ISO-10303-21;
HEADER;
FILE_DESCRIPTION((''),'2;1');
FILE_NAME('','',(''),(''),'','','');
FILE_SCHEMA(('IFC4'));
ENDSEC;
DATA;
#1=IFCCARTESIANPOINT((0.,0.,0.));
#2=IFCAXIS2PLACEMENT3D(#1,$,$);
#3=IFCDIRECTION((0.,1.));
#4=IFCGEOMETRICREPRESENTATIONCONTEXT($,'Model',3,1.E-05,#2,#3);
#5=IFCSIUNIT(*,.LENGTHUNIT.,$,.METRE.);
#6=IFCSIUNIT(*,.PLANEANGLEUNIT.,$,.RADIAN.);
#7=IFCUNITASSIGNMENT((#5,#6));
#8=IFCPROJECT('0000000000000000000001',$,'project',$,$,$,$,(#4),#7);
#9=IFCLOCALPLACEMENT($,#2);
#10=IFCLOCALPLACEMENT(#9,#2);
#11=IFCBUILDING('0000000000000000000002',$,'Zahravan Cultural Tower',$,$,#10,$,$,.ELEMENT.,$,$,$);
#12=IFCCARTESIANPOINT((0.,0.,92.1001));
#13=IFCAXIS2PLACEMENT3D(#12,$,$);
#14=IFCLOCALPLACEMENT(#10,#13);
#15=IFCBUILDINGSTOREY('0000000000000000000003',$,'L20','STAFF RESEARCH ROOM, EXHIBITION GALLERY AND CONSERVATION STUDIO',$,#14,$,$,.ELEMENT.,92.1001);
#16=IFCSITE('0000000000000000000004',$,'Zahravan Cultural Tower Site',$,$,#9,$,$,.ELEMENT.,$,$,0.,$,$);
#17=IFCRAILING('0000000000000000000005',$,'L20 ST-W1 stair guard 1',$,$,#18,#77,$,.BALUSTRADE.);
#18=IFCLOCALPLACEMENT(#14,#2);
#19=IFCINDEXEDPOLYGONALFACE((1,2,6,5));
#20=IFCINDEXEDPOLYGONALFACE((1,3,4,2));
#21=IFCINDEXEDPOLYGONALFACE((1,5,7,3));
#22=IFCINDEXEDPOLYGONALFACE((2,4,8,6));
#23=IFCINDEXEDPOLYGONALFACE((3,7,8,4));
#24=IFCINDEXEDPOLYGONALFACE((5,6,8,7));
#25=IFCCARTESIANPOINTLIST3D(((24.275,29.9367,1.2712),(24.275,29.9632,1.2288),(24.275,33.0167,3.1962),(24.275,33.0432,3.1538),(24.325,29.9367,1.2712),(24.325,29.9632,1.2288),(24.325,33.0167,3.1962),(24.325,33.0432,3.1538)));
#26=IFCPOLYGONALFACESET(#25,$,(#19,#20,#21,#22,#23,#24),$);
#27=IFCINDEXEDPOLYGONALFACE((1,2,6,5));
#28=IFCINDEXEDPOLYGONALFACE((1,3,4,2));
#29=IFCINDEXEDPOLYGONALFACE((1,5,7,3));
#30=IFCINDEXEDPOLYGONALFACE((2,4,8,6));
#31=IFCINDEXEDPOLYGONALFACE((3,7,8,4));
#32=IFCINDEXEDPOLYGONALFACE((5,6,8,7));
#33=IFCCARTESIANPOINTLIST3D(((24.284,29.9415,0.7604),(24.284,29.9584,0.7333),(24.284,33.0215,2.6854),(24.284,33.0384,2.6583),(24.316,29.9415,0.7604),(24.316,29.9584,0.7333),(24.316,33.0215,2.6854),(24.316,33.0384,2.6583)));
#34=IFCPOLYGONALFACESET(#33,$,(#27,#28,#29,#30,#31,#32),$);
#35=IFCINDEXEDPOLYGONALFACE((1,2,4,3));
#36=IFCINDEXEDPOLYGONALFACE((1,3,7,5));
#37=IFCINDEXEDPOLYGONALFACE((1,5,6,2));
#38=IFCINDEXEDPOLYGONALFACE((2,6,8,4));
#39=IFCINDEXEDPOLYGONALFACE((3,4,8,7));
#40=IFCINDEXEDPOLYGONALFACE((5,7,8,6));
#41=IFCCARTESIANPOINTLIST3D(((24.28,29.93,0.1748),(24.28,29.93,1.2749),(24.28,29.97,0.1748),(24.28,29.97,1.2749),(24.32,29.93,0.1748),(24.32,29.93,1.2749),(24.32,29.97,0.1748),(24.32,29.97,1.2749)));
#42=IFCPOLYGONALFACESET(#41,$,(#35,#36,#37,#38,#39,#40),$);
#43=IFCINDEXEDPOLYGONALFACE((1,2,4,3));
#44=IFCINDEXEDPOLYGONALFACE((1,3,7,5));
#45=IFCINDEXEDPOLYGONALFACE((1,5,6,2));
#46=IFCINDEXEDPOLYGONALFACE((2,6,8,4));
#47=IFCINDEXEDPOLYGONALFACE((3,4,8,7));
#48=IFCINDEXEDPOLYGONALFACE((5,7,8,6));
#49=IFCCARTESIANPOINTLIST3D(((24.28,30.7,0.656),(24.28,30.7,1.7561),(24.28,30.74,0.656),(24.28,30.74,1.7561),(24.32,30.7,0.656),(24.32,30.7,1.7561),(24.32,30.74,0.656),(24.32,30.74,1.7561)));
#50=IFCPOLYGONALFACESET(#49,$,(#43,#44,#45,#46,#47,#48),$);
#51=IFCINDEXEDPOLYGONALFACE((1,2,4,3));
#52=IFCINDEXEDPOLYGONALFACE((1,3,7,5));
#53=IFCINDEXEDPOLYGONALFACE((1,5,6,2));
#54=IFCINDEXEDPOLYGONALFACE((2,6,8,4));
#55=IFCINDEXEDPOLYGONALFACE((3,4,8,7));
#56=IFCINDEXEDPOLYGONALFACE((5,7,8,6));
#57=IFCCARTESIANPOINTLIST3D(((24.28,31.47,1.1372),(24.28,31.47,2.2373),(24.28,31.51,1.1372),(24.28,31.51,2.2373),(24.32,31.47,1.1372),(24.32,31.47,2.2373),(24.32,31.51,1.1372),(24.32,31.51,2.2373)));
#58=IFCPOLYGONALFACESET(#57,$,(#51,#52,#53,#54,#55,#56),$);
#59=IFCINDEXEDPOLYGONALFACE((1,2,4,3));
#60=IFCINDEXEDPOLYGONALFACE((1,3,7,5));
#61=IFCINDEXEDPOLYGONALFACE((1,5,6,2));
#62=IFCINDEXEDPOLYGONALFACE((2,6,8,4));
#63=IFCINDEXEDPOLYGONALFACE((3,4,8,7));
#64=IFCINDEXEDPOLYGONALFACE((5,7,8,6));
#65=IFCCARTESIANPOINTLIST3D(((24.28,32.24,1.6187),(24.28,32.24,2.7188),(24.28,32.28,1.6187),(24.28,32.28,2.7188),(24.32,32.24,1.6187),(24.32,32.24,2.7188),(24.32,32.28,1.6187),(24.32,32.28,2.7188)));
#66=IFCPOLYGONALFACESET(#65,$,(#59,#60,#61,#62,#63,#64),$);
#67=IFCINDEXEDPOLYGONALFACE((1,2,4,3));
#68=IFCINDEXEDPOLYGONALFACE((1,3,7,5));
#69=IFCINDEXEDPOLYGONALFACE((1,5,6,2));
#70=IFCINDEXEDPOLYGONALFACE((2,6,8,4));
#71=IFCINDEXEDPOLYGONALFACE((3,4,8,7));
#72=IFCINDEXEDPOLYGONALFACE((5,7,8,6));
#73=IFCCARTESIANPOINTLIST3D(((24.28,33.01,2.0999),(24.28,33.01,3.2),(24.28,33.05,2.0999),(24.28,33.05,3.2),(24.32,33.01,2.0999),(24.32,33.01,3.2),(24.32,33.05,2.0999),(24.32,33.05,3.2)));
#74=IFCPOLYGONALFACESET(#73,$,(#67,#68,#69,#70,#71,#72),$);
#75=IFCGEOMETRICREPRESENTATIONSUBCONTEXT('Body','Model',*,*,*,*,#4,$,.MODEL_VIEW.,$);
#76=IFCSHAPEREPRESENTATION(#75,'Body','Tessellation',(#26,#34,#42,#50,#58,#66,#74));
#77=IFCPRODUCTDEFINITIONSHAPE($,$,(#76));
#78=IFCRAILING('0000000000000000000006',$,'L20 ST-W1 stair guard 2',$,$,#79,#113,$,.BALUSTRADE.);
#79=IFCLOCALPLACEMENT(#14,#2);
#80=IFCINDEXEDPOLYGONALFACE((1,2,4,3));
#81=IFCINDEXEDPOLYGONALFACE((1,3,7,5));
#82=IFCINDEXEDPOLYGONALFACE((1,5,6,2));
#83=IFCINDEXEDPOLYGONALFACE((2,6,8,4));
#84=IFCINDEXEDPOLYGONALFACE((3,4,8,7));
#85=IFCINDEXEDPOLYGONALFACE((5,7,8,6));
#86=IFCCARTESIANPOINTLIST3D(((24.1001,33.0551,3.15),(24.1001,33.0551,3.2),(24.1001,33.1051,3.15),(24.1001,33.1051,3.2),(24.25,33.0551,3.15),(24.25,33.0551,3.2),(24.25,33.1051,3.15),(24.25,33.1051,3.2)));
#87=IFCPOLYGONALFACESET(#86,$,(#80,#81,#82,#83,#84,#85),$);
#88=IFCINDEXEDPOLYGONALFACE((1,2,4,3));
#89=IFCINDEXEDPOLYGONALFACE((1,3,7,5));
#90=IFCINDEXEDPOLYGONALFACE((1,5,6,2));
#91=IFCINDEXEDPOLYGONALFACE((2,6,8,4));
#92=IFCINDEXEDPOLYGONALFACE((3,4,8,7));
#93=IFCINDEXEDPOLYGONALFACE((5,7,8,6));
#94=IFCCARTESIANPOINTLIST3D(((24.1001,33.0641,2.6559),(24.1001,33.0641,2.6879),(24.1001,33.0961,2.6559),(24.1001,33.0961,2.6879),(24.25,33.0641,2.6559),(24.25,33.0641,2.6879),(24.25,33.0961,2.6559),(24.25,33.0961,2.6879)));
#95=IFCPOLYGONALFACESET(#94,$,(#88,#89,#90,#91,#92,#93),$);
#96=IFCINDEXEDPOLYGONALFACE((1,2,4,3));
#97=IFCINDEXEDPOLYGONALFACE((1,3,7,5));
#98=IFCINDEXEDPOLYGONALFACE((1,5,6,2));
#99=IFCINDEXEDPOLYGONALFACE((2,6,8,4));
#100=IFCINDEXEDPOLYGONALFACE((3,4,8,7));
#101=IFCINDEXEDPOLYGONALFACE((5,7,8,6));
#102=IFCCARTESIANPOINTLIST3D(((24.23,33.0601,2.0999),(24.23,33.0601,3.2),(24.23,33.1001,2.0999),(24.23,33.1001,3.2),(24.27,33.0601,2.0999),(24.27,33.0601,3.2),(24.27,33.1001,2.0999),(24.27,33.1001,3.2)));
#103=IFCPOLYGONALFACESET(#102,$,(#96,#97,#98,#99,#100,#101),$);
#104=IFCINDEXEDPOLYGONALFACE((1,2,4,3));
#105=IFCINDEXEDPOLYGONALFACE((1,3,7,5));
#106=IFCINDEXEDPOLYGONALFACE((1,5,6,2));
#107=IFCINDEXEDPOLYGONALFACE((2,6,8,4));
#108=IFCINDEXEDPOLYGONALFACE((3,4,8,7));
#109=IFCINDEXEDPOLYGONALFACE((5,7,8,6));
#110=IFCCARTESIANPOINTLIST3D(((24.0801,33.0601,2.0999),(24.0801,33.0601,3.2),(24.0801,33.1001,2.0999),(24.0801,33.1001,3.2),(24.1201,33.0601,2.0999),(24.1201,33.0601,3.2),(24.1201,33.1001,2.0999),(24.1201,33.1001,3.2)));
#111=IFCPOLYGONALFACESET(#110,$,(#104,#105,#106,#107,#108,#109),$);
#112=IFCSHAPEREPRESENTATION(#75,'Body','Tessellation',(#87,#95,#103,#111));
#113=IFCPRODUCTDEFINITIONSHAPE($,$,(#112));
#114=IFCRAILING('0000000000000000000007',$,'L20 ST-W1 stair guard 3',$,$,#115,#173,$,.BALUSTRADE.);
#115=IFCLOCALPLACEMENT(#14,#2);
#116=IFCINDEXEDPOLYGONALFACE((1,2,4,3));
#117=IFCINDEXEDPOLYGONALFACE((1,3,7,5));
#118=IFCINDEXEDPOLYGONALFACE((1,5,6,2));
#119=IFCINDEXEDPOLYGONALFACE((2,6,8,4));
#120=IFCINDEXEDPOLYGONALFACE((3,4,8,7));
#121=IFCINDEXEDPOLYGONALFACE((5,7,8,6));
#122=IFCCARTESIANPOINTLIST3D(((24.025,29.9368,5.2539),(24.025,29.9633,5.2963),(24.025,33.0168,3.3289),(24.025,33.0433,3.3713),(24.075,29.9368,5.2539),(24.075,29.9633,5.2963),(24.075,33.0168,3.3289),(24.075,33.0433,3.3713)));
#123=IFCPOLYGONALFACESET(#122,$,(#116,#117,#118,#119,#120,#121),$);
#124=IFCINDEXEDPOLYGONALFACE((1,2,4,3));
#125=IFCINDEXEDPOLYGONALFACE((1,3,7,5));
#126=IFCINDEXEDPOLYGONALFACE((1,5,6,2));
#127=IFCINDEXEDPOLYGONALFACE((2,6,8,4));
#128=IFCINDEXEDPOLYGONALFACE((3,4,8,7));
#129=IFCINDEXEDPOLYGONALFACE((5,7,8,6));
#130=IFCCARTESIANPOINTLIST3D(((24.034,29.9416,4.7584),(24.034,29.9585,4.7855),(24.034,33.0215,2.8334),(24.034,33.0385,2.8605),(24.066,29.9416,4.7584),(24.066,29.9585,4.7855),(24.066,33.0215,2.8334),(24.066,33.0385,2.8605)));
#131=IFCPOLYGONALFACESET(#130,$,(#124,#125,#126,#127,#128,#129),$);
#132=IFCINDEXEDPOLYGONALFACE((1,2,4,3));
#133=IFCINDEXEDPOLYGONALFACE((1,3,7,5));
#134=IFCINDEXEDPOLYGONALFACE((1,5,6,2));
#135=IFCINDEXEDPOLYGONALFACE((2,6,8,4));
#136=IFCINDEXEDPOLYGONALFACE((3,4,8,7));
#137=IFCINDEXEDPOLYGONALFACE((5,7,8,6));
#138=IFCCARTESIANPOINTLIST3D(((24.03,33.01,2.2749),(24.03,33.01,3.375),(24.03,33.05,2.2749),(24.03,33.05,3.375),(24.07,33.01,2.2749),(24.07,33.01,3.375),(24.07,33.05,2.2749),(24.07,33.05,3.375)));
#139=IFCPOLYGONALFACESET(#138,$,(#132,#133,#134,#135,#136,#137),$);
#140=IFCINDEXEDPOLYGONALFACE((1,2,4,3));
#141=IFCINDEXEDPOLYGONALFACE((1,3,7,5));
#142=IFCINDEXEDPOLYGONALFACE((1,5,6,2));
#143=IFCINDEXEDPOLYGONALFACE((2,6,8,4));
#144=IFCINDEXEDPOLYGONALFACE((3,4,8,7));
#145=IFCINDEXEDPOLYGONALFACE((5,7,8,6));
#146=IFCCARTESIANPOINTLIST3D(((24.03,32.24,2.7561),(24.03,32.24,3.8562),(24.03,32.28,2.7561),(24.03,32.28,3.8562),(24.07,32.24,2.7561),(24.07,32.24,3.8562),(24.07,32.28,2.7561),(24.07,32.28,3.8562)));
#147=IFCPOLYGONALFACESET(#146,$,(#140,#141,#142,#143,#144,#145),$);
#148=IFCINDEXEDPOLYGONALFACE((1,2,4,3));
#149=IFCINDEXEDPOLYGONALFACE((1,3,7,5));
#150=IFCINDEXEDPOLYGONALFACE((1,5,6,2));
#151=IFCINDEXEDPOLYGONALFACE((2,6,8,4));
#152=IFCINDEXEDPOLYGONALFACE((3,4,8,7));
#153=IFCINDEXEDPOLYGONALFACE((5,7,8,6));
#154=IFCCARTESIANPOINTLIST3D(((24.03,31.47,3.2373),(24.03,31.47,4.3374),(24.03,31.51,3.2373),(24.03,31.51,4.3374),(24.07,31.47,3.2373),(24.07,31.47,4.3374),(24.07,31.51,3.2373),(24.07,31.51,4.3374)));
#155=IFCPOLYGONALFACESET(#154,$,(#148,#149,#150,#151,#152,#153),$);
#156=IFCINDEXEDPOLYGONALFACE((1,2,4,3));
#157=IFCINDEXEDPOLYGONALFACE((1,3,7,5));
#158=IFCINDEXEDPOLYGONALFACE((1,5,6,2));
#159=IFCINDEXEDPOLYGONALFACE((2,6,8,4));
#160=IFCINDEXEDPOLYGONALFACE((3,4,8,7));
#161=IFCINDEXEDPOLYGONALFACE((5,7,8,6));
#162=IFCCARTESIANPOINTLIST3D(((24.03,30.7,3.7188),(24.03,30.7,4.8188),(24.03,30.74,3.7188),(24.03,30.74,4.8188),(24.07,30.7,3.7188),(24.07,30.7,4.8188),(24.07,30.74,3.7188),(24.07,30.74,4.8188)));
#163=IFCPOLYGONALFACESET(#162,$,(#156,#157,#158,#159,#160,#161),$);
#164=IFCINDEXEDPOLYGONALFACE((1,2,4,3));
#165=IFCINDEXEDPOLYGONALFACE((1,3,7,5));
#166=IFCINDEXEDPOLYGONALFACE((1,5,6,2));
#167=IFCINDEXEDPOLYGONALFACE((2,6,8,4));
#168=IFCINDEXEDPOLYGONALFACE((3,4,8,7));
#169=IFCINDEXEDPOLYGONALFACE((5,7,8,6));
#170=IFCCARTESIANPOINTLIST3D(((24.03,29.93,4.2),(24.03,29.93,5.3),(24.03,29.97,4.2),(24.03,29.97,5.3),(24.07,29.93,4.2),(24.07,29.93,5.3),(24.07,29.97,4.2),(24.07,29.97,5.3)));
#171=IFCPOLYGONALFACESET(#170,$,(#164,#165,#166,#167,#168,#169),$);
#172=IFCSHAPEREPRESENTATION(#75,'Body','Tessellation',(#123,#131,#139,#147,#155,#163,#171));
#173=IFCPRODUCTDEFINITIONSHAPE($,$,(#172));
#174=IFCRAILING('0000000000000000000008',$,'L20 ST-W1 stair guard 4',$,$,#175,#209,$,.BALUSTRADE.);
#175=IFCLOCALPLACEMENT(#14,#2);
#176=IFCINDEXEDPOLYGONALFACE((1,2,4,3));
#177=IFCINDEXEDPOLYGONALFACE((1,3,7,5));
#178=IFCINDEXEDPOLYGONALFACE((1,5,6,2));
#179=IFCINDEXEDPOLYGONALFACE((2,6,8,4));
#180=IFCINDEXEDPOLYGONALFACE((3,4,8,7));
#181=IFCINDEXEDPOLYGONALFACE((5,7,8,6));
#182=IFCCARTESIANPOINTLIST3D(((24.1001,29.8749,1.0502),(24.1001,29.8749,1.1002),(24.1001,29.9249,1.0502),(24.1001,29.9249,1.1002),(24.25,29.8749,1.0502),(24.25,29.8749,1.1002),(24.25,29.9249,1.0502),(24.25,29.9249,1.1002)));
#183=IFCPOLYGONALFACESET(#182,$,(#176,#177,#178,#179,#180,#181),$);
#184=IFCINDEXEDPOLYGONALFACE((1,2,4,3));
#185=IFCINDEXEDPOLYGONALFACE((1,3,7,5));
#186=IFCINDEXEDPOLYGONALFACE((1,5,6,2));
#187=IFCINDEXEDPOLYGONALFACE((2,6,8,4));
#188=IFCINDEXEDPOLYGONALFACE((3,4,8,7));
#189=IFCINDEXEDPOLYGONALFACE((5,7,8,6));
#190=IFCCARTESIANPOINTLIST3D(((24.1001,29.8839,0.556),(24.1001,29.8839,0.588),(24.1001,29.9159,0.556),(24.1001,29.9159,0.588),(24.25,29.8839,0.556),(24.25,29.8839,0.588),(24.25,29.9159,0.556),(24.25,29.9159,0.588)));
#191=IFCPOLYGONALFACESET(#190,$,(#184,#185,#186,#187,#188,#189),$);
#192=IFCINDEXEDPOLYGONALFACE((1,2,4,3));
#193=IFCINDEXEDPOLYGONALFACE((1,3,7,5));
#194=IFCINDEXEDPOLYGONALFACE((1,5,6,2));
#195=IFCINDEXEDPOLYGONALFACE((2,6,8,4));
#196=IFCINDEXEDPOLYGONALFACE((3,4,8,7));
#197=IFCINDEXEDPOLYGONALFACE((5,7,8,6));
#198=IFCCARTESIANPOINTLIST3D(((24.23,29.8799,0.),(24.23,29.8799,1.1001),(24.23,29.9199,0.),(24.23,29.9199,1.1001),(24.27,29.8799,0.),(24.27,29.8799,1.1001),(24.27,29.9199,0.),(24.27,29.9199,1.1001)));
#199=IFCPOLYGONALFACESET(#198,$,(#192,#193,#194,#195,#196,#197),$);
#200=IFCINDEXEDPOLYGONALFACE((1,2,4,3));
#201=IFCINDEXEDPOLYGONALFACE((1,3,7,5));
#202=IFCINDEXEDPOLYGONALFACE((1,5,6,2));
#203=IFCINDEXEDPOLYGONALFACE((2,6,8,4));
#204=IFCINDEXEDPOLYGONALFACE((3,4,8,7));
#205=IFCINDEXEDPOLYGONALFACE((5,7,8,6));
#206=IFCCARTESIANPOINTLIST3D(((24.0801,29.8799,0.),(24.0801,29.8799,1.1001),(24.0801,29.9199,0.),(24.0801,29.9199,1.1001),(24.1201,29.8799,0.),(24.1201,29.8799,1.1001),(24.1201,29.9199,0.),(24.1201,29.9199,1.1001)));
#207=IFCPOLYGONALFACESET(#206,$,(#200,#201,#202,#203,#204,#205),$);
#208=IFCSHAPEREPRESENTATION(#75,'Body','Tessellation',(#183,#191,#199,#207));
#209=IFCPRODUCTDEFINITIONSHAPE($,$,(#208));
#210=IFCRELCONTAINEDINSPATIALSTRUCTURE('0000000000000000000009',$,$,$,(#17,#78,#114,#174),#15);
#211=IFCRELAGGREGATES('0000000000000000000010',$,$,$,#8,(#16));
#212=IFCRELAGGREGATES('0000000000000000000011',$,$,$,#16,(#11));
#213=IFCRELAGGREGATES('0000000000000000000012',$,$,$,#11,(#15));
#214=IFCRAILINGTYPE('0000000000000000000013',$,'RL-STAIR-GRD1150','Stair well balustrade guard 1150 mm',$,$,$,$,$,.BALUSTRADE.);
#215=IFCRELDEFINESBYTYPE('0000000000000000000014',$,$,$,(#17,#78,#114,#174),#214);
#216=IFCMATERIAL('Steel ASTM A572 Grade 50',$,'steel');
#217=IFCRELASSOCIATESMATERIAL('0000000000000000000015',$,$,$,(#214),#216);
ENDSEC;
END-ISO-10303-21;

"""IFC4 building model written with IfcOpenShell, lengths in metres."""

from ifc_helpers import new_model, si_unit, direction, frame, origin, origin_2d, place, context, subcontext, project, spatial, rectangle, extrude, material, type_object, element, save


model = new_model("IFC4")

# Units and contexts
model_context = context("Model", 3, precision=1e-05, world=origin(), true_north=direction((0.0, 1.0)))
body_context = subcontext(model_context, "Body", "Model", "MODEL_VIEW")
ifc_project = project(units=[si_unit("LENGTHUNIT", "METRE"), si_unit("PLANEANGLEUNIT", "RADIAN")], contexts=[model_context])

# Site, building, storey
site_placement = place(None, origin())
site = spatial("IfcSite", under=ifc_project, at=site_placement, Name="Zahravan Cultural Tower Site", CompositionType="ELEMENT", RefElevation=0.0)
building_placement = place(site_placement, origin())
building = spatial("IfcBuilding", under=site, at=building_placement, Name="Zahravan Cultural Tower", CompositionType="ELEMENT")
storey_placement = place(building_placement, frame((0.0, 0.0, 92.1001)))
storey = spatial("IfcBuildingStorey", under=building, at=storey_placement, Name="L20", Description="STAFF RESEARCH ROOM, EXHIBITION GALLERY AND CONSERVATION STUDIO", CompositionType="ELEMENT", Elevation=92.1001)

# Shared definitions
ifc_material_1 = material(Name="Steel ASTM A572 Grade 50", Category="steel")

# Railings
railing_type_1 = type_object("IfcRailingType", Name="RL-STAIR-GRD1150", Description="Stair well balustrade guard 1150 mm", PredefinedType="BALUSTRADE", material=ifc_material_1)
railing_1_placement = place(storey_placement, frame((24.3, 29.95, 0.1748)))
element("IfcRailing", 1, at=railing_1_placement, inside=storey, type_object=railing_type_1, Name="L20 ST-W1 stair guard 1", PredefinedType="BALUSTRADE", context=body_context, shape_type="SweptSolid", body=[
    extrude(rectangle(XDim=0.05, YDim=0.05, at=origin_2d()), frame((0.0, 0.0, 1.0752), z_axis=(0.0, 0.847998, 0.529999), x_axis=(-1.0, 0.0, 0.0)), (0.0, 0.0, 1.0), 3.6321),
    extrude(rectangle(XDim=0.032, YDim=0.032, at=origin_2d()), frame((0.0, 0.0, 0.572), z_axis=(0.0, 0.847998, 0.529999), x_axis=(-1.0, 0.0, 0.0)), (0.0, 0.0, 1.0), 3.6321),
    extrude(rectangle(XDim=0.04, YDim=0.04, at=origin_2d()), origin(), (0.0, 0.0, 1.0), 1.1001),
    extrude(rectangle(XDim=0.04, YDim=0.04, at=origin_2d()), frame((0.0, 0.77, 0.4812)), (0.0, 0.0, 1.0), 1.1001),
    extrude(rectangle(XDim=0.04, YDim=0.04, at=origin_2d()), frame((0.0, 1.54, 0.9624)), (0.0, 0.0, 1.0), 1.1001),
    extrude(rectangle(XDim=0.04, YDim=0.04, at=origin_2d()), frame((0.0, 2.3101, 1.4438)), (0.0, 0.0, 1.0), 1.1001),
    extrude(rectangle(XDim=0.04, YDim=0.04, at=origin_2d()), frame((0.0, 3.0801, 1.925)), (0.0, 0.0, 1.0), 1.1001),
])
railing_2_placement = place(storey_placement, frame((24.25, 33.0801, 2.0999)))
element("IfcRailing", 2, at=railing_2_placement, inside=storey, type_object=railing_type_1, Name="L20 ST-W1 stair guard 2", PredefinedType="BALUSTRADE", context=body_context, shape_type="SweptSolid", body=[
    extrude(rectangle(XDim=0.05, YDim=0.05, at=origin_2d()), frame((0.0, 0.0, 1.0752), z_axis=(-1.0, 0.0, 0.0), x_axis=(0.0, -1.0, 0.0)), (0.0, 0.0, 1.0), 0.1499),
    extrude(rectangle(XDim=0.032, YDim=0.032, at=origin_2d()), frame((0.0, 0.0, 0.572), z_axis=(-1.0, 0.0, 0.0), x_axis=(0.0, -1.0, 0.0)), (0.0, 0.0, 1.0), 0.1499),
    extrude(rectangle(XDim=0.04, YDim=0.04, at=origin_2d()), origin(), (0.0, 0.0, 1.0), 1.1001),
    extrude(rectangle(XDim=0.04, YDim=0.04, at=origin_2d()), frame((-0.1499, 0.0, 0.0)), (0.0, 0.0, 1.0), 1.1001),
])
railing_3_placement = place(storey_placement, frame((24.05, 33.03, 2.2749)))
element("IfcRailing", 3, at=railing_3_placement, inside=storey, type_object=railing_type_1, Name="L20 ST-W1 stair guard 3", PredefinedType="BALUSTRADE", context=body_context, shape_type="SweptSolid", body=[
    extrude(rectangle(XDim=0.05, YDim=0.05, at=origin_2d()), frame((0.0, 0.0, 1.0752), z_axis=(0.0, -0.847998, 0.529999), x_axis=(1.0, 0.0, 0.0)), (0.0, 0.0, 1.0), 3.6321),
    extrude(rectangle(XDim=0.032, YDim=0.032, at=origin_2d()), frame((0.0, 0.0, 0.572), z_axis=(0.0, -0.847998, 0.529999), x_axis=(1.0, 0.0, 0.0)), (0.0, 0.0, 1.0), 3.6321),
    extrude(rectangle(XDim=0.04, YDim=0.04, at=origin_2d()), origin(), (0.0, 0.0, 1.0), 1.1001),
    extrude(rectangle(XDim=0.04, YDim=0.04, at=origin_2d()), frame((0.0, -0.77, 0.4812)), (0.0, 0.0, 1.0), 1.1001),
    extrude(rectangle(XDim=0.04, YDim=0.04, at=origin_2d()), frame((0.0, -1.54, 0.9624)), (0.0, 0.0, 1.0), 1.1001),
    extrude(rectangle(XDim=0.04, YDim=0.04, at=origin_2d()), frame((0.0, -2.3101, 1.4438)), (0.0, 0.0, 1.0), 1.1001),
    extrude(rectangle(XDim=0.04, YDim=0.04, at=origin_2d()), frame((0.0, -3.0801, 1.925)), (0.0, 0.0, 1.0), 1.1001),
])
railing_4_placement = place(storey_placement, frame((24.25, 29.8999, 0.0)))
element("IfcRailing", 4, at=railing_4_placement, inside=storey, type_object=railing_type_1, Name="L20 ST-W1 stair guard 4", PredefinedType="BALUSTRADE", context=body_context, shape_type="SweptSolid", body=[
    extrude(rectangle(XDim=0.05, YDim=0.05, at=origin_2d()), frame((0.0, 0.0, 1.0752), z_axis=(-1.0, 0.0, 0.0), x_axis=(0.0, -1.0, 0.0)), (0.0, 0.0, 1.0), 0.1499),
    extrude(rectangle(XDim=0.032, YDim=0.032, at=origin_2d()), frame((0.0, 0.0, 0.572), z_axis=(-1.0, 0.0, 0.0), x_axis=(0.0, -1.0, 0.0)), (0.0, 0.0, 1.0), 0.1499),
    extrude(rectangle(XDim=0.04, YDim=0.04, at=origin_2d()), origin(), (0.0, 0.0, 1.0), 1.1001),
    extrude(rectangle(XDim=0.04, YDim=0.04, at=origin_2d()), frame((-0.1499, 0.0, 0.0)), (0.0, 0.0, 1.0), 1.1001),
])

save(model, "model.ifc")
